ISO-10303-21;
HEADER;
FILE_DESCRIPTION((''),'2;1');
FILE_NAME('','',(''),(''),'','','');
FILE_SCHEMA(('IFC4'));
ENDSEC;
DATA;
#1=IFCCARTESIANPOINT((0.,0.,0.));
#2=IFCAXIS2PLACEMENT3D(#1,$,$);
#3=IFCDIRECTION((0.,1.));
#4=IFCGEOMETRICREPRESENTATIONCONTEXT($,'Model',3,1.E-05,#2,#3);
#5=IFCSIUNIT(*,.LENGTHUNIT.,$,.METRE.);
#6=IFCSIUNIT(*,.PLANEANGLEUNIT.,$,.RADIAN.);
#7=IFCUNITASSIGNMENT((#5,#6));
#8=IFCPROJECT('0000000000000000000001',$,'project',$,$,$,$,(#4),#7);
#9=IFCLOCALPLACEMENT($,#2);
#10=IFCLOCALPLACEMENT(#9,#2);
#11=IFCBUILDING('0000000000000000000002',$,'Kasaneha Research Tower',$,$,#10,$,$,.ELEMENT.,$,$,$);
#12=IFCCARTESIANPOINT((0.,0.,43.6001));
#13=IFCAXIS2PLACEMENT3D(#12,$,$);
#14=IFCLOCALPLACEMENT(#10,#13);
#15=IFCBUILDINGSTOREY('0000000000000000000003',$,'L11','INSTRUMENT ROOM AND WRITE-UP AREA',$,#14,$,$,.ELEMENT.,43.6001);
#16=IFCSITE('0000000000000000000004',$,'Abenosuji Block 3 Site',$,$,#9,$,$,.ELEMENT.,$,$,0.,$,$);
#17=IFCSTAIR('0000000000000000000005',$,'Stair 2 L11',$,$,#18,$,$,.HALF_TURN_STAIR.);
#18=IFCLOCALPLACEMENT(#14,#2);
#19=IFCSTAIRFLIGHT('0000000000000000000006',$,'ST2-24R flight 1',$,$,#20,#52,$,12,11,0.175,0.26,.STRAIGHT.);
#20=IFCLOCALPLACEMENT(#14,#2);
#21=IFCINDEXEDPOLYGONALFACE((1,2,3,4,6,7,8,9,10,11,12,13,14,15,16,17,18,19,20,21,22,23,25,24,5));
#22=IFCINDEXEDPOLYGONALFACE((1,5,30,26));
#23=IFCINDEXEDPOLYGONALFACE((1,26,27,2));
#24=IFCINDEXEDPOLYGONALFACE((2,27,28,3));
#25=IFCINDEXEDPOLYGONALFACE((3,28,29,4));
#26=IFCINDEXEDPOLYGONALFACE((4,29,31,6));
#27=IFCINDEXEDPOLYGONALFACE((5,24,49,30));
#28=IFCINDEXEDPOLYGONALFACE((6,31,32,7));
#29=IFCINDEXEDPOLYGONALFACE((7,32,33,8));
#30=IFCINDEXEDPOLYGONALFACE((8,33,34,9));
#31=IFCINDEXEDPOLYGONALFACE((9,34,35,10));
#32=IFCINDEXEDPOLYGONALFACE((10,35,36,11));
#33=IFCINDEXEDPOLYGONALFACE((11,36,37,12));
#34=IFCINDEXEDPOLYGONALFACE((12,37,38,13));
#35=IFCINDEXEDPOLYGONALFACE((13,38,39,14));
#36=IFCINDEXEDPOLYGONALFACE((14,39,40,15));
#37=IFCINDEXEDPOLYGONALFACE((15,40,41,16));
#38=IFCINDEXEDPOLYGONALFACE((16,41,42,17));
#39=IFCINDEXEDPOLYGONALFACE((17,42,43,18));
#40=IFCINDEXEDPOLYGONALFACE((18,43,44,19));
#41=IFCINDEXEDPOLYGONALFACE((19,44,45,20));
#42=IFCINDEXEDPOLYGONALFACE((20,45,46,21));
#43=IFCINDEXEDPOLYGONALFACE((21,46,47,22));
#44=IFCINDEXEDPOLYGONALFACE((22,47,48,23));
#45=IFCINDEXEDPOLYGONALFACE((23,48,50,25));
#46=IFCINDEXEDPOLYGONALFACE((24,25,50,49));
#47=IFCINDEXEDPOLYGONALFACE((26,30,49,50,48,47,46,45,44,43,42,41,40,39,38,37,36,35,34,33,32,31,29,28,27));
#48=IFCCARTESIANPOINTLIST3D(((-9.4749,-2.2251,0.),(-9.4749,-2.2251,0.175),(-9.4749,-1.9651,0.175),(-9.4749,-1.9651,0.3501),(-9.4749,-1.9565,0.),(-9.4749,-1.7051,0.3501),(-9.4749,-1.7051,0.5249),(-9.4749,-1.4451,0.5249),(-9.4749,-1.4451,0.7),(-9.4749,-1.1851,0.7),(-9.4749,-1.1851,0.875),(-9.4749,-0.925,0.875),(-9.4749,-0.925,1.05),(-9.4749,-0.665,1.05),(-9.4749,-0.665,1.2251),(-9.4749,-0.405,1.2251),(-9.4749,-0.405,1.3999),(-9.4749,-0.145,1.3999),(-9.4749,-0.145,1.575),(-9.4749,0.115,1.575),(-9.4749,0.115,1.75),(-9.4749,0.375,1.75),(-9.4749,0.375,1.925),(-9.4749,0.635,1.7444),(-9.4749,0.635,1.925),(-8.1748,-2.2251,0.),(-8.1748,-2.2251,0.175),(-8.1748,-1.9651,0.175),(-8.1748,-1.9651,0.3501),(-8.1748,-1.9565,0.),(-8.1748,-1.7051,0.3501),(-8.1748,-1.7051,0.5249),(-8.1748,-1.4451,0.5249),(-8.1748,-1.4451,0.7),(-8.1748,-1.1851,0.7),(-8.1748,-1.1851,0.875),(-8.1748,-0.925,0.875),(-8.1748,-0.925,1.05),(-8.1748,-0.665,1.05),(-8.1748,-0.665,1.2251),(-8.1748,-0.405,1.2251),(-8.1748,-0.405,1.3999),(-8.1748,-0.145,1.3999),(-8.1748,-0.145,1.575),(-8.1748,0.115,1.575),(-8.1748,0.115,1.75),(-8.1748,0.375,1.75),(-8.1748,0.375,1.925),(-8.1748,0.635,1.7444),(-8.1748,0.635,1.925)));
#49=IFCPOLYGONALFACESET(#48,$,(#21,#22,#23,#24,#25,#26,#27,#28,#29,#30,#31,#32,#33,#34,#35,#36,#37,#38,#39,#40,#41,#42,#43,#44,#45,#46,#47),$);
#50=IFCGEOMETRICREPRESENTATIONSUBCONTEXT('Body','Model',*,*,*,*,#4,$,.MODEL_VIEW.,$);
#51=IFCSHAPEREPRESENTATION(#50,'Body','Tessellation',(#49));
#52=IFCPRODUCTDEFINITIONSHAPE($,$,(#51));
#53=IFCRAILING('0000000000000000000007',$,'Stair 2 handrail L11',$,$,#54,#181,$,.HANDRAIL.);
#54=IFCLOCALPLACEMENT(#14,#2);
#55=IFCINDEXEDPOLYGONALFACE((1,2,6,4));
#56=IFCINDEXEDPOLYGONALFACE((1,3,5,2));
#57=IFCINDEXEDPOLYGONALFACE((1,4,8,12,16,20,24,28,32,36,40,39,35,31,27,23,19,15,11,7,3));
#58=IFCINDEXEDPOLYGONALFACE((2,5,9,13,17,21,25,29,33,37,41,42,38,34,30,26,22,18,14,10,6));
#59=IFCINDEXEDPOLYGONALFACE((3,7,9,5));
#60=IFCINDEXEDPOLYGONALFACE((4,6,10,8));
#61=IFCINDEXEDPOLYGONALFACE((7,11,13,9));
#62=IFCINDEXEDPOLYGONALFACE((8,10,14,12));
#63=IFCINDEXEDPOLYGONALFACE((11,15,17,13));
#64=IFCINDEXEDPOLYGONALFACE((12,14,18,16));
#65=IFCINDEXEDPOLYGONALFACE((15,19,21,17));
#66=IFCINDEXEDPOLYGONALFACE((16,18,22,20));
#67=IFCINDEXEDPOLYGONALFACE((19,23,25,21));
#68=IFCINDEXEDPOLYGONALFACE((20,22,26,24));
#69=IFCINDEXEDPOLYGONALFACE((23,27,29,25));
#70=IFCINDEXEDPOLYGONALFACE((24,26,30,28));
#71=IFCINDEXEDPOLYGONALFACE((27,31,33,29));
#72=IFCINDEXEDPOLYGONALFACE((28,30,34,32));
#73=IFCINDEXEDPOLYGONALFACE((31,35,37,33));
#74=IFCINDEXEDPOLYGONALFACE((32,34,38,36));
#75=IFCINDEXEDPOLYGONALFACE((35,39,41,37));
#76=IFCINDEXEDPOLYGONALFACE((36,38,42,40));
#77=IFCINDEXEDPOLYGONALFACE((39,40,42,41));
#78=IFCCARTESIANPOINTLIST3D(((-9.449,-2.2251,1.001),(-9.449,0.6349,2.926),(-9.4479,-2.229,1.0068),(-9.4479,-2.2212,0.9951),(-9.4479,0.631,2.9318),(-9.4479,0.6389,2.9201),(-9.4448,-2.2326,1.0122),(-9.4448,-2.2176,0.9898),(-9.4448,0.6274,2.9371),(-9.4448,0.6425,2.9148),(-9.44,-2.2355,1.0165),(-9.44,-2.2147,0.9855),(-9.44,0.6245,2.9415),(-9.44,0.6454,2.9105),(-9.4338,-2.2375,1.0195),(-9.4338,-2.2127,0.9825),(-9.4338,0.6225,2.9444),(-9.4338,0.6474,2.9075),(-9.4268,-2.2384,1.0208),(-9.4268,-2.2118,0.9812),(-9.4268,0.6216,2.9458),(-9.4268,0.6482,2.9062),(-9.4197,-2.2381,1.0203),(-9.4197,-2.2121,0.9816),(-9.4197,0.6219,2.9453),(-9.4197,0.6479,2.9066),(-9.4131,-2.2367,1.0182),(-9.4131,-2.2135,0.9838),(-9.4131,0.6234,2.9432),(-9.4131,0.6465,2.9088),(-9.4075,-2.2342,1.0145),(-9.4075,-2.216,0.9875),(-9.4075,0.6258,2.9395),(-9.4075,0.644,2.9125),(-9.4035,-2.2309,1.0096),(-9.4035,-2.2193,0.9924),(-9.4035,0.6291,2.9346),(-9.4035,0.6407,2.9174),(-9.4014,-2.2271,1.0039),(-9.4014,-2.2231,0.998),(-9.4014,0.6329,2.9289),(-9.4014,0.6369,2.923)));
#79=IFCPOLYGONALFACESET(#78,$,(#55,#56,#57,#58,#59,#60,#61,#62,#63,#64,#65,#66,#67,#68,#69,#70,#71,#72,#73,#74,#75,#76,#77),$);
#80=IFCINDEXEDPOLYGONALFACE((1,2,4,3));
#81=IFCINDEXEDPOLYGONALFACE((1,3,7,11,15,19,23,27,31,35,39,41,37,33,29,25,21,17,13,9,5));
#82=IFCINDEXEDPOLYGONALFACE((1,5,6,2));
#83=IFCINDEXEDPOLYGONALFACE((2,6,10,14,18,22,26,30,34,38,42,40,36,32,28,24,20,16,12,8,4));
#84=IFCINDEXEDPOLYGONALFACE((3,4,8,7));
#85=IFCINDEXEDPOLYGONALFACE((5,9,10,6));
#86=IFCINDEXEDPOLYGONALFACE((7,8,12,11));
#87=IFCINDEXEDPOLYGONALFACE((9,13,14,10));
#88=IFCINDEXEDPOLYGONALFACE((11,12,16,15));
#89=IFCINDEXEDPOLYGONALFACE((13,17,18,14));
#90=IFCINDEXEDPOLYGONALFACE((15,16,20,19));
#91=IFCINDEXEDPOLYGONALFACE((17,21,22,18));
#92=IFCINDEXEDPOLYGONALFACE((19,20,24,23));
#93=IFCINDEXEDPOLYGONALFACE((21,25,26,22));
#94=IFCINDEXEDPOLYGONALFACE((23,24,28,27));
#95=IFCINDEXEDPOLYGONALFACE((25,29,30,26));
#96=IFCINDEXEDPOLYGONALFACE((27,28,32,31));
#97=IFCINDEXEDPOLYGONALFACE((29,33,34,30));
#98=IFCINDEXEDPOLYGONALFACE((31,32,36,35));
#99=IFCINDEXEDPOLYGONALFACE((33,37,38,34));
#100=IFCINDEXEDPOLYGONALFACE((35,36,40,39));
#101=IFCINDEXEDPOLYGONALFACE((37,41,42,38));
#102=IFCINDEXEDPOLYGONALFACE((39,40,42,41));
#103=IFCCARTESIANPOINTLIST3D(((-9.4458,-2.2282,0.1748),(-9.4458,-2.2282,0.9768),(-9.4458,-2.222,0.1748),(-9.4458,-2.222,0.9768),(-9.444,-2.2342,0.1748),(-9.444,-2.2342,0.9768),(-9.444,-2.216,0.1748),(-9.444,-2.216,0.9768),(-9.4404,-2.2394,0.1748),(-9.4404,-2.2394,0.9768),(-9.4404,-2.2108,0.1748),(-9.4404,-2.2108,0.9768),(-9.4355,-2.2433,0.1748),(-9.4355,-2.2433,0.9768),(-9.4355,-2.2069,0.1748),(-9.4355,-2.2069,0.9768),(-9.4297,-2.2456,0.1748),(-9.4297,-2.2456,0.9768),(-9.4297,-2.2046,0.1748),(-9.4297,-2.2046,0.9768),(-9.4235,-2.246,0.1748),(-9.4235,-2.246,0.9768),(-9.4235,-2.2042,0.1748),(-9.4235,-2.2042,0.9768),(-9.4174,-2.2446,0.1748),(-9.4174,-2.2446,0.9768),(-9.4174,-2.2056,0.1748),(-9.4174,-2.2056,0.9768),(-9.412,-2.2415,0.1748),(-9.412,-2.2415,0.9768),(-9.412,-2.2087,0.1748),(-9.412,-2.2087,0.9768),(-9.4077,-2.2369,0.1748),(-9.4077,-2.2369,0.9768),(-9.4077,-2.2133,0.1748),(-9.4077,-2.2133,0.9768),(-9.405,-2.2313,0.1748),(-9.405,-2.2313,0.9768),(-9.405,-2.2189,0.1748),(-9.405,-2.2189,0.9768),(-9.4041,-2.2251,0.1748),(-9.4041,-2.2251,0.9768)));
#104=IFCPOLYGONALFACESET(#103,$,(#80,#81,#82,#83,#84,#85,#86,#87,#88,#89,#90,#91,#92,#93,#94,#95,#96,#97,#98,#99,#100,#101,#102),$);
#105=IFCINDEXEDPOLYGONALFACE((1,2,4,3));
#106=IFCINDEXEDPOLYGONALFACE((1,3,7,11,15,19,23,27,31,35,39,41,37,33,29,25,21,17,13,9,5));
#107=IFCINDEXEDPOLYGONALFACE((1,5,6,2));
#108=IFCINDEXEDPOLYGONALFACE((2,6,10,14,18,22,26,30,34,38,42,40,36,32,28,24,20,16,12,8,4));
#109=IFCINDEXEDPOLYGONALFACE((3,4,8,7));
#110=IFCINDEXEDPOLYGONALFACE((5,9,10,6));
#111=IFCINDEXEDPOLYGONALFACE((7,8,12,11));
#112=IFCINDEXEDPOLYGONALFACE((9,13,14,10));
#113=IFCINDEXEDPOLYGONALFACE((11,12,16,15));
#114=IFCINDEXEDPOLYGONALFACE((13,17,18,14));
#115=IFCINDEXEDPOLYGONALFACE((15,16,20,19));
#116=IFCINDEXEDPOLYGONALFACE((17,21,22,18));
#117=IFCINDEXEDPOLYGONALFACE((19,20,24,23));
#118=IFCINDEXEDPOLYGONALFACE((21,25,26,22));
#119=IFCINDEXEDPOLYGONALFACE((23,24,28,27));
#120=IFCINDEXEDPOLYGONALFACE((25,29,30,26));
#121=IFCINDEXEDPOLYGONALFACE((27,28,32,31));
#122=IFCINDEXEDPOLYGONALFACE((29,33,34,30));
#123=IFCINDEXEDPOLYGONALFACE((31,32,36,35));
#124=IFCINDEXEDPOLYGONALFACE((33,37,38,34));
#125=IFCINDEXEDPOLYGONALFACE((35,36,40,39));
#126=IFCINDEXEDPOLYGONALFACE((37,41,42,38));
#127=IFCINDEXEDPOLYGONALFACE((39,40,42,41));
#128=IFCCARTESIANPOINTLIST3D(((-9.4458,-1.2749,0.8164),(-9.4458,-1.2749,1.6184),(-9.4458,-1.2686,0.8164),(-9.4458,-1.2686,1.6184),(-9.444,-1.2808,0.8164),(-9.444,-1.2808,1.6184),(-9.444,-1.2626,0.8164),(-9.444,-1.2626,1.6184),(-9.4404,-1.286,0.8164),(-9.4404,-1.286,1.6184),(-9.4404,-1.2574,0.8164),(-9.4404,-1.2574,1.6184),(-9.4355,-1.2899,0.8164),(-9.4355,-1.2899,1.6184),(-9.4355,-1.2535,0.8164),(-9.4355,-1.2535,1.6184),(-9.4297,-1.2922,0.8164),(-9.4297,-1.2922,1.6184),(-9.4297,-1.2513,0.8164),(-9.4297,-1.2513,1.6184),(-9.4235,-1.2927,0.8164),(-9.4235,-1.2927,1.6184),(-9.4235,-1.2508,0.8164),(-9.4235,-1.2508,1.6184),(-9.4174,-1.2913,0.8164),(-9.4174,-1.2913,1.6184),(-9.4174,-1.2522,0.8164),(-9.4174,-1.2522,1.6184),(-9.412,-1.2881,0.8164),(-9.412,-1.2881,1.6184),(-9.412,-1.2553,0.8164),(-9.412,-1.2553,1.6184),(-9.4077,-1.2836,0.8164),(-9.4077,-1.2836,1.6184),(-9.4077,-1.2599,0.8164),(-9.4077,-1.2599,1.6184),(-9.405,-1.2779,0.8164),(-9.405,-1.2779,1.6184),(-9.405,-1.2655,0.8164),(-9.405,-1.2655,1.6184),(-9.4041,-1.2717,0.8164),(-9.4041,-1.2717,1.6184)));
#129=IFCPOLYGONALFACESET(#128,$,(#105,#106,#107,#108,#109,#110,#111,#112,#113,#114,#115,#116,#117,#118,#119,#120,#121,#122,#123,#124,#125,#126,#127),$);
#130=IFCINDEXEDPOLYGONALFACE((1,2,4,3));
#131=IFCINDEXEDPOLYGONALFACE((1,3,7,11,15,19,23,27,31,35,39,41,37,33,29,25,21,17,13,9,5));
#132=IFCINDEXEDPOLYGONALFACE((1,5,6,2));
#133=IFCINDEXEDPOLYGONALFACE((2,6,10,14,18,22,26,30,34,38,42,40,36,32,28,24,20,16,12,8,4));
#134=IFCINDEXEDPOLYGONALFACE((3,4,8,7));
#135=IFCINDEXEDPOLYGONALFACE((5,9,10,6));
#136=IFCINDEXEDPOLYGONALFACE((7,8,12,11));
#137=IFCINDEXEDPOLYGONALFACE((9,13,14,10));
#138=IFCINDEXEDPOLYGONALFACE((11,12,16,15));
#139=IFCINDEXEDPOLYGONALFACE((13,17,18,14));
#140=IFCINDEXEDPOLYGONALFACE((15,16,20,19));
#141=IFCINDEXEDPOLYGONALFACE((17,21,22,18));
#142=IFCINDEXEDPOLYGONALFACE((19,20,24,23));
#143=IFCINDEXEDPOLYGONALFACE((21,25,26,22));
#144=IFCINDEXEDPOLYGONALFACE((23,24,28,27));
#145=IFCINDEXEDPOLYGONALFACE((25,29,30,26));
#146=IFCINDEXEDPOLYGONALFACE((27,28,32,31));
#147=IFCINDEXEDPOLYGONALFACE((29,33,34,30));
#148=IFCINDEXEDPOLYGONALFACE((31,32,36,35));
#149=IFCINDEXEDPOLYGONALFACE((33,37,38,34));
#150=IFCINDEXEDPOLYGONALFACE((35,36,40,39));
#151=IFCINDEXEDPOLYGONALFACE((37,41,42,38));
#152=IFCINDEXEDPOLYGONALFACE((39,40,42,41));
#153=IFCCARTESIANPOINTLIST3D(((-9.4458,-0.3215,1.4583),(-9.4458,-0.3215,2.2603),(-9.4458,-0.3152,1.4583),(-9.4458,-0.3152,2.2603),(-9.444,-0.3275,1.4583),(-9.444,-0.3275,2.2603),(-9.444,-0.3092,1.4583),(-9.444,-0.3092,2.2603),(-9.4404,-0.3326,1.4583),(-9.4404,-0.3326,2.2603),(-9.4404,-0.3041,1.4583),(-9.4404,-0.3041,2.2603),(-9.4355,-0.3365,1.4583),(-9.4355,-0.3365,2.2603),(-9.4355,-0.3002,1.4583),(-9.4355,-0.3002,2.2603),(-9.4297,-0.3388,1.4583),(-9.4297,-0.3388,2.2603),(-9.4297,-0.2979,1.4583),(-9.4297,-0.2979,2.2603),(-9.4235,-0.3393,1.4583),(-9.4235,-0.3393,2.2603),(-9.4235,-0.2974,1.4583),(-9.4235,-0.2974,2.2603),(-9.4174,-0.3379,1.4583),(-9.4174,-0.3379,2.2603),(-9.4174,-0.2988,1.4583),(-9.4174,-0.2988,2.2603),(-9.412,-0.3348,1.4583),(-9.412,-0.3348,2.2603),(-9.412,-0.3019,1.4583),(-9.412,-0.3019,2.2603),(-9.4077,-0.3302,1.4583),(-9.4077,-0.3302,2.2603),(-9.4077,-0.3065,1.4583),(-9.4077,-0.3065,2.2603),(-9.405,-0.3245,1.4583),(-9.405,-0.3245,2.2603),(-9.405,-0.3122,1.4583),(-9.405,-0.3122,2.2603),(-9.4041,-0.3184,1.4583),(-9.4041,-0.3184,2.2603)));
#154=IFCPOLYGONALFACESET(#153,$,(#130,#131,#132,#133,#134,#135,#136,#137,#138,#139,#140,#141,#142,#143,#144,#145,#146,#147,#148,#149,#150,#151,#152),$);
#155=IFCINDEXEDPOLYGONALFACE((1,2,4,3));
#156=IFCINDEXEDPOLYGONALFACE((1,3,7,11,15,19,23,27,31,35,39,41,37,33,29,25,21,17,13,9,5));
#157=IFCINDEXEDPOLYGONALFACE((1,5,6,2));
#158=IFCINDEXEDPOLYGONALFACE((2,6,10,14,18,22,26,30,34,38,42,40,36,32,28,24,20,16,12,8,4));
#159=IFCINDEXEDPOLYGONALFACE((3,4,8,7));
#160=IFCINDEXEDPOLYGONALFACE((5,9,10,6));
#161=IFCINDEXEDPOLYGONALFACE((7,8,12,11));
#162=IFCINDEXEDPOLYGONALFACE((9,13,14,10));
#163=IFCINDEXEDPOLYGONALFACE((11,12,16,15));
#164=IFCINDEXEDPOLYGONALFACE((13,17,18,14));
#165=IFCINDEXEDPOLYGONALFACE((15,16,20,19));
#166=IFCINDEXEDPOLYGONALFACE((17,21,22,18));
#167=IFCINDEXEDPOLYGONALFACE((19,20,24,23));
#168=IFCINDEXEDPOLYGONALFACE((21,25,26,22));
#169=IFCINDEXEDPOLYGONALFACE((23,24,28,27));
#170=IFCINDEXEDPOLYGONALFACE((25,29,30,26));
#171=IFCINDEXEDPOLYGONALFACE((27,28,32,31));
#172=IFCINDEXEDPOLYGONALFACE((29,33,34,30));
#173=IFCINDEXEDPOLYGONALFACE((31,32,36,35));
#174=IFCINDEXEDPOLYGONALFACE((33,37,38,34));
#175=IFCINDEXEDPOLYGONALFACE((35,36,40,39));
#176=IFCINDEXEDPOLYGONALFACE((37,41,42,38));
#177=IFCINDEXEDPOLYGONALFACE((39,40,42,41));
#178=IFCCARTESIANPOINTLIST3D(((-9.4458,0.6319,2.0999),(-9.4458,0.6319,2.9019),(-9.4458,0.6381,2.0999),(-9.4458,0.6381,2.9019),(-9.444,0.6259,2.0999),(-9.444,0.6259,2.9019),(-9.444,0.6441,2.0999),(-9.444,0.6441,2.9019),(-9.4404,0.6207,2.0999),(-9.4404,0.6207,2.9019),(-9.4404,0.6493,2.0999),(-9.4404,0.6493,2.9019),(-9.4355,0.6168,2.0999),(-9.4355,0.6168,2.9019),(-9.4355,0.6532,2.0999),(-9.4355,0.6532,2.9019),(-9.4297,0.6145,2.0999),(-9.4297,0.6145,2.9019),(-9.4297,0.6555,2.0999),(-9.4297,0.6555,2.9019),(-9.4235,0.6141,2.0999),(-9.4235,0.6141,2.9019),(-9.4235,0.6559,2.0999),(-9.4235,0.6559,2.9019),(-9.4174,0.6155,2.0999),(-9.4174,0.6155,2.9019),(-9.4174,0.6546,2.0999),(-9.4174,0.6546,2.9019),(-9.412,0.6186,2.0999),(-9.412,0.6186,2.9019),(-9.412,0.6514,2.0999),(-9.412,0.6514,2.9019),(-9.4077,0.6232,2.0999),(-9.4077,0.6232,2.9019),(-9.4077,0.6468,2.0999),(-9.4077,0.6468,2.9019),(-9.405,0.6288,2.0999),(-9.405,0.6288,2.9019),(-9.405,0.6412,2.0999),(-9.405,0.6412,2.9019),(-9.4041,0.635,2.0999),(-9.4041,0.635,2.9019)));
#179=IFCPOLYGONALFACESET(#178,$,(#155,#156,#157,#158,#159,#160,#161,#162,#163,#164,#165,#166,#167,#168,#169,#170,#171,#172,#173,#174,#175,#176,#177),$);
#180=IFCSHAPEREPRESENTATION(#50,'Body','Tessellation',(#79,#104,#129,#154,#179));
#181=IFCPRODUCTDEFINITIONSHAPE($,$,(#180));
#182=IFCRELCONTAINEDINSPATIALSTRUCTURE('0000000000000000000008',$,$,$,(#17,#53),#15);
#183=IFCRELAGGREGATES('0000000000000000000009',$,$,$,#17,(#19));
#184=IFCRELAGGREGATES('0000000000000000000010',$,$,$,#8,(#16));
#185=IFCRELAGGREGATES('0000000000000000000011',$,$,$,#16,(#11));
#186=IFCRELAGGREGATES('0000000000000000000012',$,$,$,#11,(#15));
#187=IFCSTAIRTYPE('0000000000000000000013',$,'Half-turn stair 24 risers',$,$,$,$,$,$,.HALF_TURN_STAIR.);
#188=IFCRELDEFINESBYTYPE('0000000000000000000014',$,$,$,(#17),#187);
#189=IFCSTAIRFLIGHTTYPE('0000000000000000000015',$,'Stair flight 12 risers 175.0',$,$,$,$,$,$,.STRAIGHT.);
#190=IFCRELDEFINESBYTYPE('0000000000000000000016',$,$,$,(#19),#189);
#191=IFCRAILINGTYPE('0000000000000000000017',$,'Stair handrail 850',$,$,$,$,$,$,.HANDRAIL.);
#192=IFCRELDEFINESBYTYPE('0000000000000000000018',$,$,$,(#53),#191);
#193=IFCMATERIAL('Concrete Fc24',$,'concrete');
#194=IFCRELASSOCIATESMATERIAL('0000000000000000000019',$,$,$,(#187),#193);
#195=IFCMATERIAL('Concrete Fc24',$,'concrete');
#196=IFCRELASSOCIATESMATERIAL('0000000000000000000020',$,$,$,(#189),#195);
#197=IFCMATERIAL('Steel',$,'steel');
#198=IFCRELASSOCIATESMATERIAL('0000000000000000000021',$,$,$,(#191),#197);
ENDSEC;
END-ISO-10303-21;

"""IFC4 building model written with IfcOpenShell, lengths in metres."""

from ifc_helpers import new_model, si_unit, direction, frame, origin, origin_2d, place, context, subcontext, project, spatial, polyline, circle, outline, extrude, material, type_object, element, aggregate, save


model = new_model("IFC4")

# Units and contexts
model_context = context("Model", 3, precision=1e-05, world=origin(), true_north=direction((0.0, 1.0)))
body_context = subcontext(model_context, "Body", "Model", "MODEL_VIEW")
ifc_project = project(units=[si_unit("LENGTHUNIT", "METRE"), si_unit("PLANEANGLEUNIT", "RADIAN")], contexts=[model_context])

# Site, building, storey
site_placement = place(None, origin())
site = spatial("IfcSite", under=ifc_project, at=site_placement, Name="Abenosuji Block 3 Site", CompositionType="ELEMENT", RefElevation=0.0)
building_placement = place(site_placement, origin())
building = spatial("IfcBuilding", under=site, at=building_placement, Name="Kasaneha Research Tower", CompositionType="ELEMENT")
storey_placement = place(building_placement, frame((0.0, 0.0, 43.6001)))
storey = spatial("IfcBuildingStorey", under=building, at=storey_placement, Name="L11", Description="INSTRUMENT ROOM AND WRITE-UP AREA", CompositionType="ELEMENT", Elevation=43.6001)

# Stair, stair flight
ifc_material_1 = material(Name="Concrete Fc24", Category="concrete")
stair_type = type_object("IfcStairType", Name="Half-turn stair 24 risers", PredefinedType="HALF_TURN_STAIR", material=ifc_material_1)
stair_placement = place(storey_placement, origin())
stair = element("IfcStair", 1, at=stair_placement, inside=storey, type_object=stair_type, Name="Stair 2 L11", PredefinedType="HALF_TURN_STAIR")
ifc_material_2 = material(Name="Concrete Fc24", Category="concrete")
stair_flight_type = type_object("IfcStairFlightType", Name="Stair flight 12 risers 175.0", PredefinedType="STRAIGHT", material=ifc_material_2)
stair_flight_placement = place(storey_placement, frame((-8.825, -2.2251, 0.0), z_axis=(0.0, 0.0, 1.0), x_axis=(0.0, 1.0, 0.0)))
stair_flight = element("IfcStairFlight", 2, at=stair_flight_placement, type_object=stair_flight_type, Name="ST2-24R flight 1", NumberOfRisers=12, NumberOfTreads=11, PredefinedType="STRAIGHT", RiserHeight=0.175, TreadLength=0.26, context=body_context, shape_type="SweptSolid", body=[
    extrude(outline(polyline([(0.0, 0.0), (0.0, 0.175), (0.26, 0.175), (0.26, 0.3501), (0.52, 0.3501), (0.52, 0.5249), (0.78, 0.5249), (0.78, 0.7), (1.04, 0.7), (1.04, 0.875), (1.3, 0.875), (1.3, 1.05), (1.5601, 1.05), (1.5601, 1.2251), (1.8201, 1.2251), (1.8201, 1.3999), (2.0801, 1.3999), (2.0801, 1.575), (2.3401, 1.575), (2.3401, 1.75), (2.6001, 1.75), (2.6001, 1.925), (2.8601, 1.925), (2.8601, 2.1001), (2.8601, 1.7444), (0.2686, 0.0), (0.0, 0.0)])), frame((0.0, 0.6499, 0.0), z_axis=(0.0, -1.0, 0.0), x_axis=(1.0, 0.0, 0.0)), (0.0, 0.0, 1.0), 1.3),
])
aggregate(stair, [stair_flight])

# Railing
ifc_material_3 = material(Name="Steel", Category="steel")
railing_type = type_object("IfcRailingType", Name="Stair handrail 850", PredefinedType="HANDRAIL", material=ifc_material_3)
railing_placement = place(storey_placement, frame((-9.425, -2.2251, 0.1748)))
element("IfcRailing", 3, at=railing_placement, inside=storey, type_object=railing_type, Name="Stair 2 handrail L11", PredefinedType="HANDRAIL", context=body_context, shape_type="SweptSolid", body=[
    extrude(circle(Radius=0.0239, at=origin_2d()), frame((0.0, 0.0, 0.8262), z_axis=(0.0, 0.829591, 0.558372), x_axis=(-1.0, 0.0, 0.0)), (0.0, 0.0, 1.0), 3.4475),
    extrude(circle(Radius=0.021, at=origin_2d()), origin(), (0.0, 0.0, 1.0), 0.802),
    extrude(circle(Radius=0.021, at=origin_2d()), frame((0.0, 0.9534, 0.6416)), (0.0, 0.0, 1.0), 0.802),
    extrude(circle(Radius=0.021, at=origin_2d()), frame((0.0, 1.9067, 1.2834)), (0.0, 0.0, 1.0), 0.802),
    extrude(circle(Radius=0.021, at=origin_2d()), frame((0.0, 2.8601, 1.925)), (0.0, 0.0, 1.0), 0.802),
])

save(model, "model.ifc")
